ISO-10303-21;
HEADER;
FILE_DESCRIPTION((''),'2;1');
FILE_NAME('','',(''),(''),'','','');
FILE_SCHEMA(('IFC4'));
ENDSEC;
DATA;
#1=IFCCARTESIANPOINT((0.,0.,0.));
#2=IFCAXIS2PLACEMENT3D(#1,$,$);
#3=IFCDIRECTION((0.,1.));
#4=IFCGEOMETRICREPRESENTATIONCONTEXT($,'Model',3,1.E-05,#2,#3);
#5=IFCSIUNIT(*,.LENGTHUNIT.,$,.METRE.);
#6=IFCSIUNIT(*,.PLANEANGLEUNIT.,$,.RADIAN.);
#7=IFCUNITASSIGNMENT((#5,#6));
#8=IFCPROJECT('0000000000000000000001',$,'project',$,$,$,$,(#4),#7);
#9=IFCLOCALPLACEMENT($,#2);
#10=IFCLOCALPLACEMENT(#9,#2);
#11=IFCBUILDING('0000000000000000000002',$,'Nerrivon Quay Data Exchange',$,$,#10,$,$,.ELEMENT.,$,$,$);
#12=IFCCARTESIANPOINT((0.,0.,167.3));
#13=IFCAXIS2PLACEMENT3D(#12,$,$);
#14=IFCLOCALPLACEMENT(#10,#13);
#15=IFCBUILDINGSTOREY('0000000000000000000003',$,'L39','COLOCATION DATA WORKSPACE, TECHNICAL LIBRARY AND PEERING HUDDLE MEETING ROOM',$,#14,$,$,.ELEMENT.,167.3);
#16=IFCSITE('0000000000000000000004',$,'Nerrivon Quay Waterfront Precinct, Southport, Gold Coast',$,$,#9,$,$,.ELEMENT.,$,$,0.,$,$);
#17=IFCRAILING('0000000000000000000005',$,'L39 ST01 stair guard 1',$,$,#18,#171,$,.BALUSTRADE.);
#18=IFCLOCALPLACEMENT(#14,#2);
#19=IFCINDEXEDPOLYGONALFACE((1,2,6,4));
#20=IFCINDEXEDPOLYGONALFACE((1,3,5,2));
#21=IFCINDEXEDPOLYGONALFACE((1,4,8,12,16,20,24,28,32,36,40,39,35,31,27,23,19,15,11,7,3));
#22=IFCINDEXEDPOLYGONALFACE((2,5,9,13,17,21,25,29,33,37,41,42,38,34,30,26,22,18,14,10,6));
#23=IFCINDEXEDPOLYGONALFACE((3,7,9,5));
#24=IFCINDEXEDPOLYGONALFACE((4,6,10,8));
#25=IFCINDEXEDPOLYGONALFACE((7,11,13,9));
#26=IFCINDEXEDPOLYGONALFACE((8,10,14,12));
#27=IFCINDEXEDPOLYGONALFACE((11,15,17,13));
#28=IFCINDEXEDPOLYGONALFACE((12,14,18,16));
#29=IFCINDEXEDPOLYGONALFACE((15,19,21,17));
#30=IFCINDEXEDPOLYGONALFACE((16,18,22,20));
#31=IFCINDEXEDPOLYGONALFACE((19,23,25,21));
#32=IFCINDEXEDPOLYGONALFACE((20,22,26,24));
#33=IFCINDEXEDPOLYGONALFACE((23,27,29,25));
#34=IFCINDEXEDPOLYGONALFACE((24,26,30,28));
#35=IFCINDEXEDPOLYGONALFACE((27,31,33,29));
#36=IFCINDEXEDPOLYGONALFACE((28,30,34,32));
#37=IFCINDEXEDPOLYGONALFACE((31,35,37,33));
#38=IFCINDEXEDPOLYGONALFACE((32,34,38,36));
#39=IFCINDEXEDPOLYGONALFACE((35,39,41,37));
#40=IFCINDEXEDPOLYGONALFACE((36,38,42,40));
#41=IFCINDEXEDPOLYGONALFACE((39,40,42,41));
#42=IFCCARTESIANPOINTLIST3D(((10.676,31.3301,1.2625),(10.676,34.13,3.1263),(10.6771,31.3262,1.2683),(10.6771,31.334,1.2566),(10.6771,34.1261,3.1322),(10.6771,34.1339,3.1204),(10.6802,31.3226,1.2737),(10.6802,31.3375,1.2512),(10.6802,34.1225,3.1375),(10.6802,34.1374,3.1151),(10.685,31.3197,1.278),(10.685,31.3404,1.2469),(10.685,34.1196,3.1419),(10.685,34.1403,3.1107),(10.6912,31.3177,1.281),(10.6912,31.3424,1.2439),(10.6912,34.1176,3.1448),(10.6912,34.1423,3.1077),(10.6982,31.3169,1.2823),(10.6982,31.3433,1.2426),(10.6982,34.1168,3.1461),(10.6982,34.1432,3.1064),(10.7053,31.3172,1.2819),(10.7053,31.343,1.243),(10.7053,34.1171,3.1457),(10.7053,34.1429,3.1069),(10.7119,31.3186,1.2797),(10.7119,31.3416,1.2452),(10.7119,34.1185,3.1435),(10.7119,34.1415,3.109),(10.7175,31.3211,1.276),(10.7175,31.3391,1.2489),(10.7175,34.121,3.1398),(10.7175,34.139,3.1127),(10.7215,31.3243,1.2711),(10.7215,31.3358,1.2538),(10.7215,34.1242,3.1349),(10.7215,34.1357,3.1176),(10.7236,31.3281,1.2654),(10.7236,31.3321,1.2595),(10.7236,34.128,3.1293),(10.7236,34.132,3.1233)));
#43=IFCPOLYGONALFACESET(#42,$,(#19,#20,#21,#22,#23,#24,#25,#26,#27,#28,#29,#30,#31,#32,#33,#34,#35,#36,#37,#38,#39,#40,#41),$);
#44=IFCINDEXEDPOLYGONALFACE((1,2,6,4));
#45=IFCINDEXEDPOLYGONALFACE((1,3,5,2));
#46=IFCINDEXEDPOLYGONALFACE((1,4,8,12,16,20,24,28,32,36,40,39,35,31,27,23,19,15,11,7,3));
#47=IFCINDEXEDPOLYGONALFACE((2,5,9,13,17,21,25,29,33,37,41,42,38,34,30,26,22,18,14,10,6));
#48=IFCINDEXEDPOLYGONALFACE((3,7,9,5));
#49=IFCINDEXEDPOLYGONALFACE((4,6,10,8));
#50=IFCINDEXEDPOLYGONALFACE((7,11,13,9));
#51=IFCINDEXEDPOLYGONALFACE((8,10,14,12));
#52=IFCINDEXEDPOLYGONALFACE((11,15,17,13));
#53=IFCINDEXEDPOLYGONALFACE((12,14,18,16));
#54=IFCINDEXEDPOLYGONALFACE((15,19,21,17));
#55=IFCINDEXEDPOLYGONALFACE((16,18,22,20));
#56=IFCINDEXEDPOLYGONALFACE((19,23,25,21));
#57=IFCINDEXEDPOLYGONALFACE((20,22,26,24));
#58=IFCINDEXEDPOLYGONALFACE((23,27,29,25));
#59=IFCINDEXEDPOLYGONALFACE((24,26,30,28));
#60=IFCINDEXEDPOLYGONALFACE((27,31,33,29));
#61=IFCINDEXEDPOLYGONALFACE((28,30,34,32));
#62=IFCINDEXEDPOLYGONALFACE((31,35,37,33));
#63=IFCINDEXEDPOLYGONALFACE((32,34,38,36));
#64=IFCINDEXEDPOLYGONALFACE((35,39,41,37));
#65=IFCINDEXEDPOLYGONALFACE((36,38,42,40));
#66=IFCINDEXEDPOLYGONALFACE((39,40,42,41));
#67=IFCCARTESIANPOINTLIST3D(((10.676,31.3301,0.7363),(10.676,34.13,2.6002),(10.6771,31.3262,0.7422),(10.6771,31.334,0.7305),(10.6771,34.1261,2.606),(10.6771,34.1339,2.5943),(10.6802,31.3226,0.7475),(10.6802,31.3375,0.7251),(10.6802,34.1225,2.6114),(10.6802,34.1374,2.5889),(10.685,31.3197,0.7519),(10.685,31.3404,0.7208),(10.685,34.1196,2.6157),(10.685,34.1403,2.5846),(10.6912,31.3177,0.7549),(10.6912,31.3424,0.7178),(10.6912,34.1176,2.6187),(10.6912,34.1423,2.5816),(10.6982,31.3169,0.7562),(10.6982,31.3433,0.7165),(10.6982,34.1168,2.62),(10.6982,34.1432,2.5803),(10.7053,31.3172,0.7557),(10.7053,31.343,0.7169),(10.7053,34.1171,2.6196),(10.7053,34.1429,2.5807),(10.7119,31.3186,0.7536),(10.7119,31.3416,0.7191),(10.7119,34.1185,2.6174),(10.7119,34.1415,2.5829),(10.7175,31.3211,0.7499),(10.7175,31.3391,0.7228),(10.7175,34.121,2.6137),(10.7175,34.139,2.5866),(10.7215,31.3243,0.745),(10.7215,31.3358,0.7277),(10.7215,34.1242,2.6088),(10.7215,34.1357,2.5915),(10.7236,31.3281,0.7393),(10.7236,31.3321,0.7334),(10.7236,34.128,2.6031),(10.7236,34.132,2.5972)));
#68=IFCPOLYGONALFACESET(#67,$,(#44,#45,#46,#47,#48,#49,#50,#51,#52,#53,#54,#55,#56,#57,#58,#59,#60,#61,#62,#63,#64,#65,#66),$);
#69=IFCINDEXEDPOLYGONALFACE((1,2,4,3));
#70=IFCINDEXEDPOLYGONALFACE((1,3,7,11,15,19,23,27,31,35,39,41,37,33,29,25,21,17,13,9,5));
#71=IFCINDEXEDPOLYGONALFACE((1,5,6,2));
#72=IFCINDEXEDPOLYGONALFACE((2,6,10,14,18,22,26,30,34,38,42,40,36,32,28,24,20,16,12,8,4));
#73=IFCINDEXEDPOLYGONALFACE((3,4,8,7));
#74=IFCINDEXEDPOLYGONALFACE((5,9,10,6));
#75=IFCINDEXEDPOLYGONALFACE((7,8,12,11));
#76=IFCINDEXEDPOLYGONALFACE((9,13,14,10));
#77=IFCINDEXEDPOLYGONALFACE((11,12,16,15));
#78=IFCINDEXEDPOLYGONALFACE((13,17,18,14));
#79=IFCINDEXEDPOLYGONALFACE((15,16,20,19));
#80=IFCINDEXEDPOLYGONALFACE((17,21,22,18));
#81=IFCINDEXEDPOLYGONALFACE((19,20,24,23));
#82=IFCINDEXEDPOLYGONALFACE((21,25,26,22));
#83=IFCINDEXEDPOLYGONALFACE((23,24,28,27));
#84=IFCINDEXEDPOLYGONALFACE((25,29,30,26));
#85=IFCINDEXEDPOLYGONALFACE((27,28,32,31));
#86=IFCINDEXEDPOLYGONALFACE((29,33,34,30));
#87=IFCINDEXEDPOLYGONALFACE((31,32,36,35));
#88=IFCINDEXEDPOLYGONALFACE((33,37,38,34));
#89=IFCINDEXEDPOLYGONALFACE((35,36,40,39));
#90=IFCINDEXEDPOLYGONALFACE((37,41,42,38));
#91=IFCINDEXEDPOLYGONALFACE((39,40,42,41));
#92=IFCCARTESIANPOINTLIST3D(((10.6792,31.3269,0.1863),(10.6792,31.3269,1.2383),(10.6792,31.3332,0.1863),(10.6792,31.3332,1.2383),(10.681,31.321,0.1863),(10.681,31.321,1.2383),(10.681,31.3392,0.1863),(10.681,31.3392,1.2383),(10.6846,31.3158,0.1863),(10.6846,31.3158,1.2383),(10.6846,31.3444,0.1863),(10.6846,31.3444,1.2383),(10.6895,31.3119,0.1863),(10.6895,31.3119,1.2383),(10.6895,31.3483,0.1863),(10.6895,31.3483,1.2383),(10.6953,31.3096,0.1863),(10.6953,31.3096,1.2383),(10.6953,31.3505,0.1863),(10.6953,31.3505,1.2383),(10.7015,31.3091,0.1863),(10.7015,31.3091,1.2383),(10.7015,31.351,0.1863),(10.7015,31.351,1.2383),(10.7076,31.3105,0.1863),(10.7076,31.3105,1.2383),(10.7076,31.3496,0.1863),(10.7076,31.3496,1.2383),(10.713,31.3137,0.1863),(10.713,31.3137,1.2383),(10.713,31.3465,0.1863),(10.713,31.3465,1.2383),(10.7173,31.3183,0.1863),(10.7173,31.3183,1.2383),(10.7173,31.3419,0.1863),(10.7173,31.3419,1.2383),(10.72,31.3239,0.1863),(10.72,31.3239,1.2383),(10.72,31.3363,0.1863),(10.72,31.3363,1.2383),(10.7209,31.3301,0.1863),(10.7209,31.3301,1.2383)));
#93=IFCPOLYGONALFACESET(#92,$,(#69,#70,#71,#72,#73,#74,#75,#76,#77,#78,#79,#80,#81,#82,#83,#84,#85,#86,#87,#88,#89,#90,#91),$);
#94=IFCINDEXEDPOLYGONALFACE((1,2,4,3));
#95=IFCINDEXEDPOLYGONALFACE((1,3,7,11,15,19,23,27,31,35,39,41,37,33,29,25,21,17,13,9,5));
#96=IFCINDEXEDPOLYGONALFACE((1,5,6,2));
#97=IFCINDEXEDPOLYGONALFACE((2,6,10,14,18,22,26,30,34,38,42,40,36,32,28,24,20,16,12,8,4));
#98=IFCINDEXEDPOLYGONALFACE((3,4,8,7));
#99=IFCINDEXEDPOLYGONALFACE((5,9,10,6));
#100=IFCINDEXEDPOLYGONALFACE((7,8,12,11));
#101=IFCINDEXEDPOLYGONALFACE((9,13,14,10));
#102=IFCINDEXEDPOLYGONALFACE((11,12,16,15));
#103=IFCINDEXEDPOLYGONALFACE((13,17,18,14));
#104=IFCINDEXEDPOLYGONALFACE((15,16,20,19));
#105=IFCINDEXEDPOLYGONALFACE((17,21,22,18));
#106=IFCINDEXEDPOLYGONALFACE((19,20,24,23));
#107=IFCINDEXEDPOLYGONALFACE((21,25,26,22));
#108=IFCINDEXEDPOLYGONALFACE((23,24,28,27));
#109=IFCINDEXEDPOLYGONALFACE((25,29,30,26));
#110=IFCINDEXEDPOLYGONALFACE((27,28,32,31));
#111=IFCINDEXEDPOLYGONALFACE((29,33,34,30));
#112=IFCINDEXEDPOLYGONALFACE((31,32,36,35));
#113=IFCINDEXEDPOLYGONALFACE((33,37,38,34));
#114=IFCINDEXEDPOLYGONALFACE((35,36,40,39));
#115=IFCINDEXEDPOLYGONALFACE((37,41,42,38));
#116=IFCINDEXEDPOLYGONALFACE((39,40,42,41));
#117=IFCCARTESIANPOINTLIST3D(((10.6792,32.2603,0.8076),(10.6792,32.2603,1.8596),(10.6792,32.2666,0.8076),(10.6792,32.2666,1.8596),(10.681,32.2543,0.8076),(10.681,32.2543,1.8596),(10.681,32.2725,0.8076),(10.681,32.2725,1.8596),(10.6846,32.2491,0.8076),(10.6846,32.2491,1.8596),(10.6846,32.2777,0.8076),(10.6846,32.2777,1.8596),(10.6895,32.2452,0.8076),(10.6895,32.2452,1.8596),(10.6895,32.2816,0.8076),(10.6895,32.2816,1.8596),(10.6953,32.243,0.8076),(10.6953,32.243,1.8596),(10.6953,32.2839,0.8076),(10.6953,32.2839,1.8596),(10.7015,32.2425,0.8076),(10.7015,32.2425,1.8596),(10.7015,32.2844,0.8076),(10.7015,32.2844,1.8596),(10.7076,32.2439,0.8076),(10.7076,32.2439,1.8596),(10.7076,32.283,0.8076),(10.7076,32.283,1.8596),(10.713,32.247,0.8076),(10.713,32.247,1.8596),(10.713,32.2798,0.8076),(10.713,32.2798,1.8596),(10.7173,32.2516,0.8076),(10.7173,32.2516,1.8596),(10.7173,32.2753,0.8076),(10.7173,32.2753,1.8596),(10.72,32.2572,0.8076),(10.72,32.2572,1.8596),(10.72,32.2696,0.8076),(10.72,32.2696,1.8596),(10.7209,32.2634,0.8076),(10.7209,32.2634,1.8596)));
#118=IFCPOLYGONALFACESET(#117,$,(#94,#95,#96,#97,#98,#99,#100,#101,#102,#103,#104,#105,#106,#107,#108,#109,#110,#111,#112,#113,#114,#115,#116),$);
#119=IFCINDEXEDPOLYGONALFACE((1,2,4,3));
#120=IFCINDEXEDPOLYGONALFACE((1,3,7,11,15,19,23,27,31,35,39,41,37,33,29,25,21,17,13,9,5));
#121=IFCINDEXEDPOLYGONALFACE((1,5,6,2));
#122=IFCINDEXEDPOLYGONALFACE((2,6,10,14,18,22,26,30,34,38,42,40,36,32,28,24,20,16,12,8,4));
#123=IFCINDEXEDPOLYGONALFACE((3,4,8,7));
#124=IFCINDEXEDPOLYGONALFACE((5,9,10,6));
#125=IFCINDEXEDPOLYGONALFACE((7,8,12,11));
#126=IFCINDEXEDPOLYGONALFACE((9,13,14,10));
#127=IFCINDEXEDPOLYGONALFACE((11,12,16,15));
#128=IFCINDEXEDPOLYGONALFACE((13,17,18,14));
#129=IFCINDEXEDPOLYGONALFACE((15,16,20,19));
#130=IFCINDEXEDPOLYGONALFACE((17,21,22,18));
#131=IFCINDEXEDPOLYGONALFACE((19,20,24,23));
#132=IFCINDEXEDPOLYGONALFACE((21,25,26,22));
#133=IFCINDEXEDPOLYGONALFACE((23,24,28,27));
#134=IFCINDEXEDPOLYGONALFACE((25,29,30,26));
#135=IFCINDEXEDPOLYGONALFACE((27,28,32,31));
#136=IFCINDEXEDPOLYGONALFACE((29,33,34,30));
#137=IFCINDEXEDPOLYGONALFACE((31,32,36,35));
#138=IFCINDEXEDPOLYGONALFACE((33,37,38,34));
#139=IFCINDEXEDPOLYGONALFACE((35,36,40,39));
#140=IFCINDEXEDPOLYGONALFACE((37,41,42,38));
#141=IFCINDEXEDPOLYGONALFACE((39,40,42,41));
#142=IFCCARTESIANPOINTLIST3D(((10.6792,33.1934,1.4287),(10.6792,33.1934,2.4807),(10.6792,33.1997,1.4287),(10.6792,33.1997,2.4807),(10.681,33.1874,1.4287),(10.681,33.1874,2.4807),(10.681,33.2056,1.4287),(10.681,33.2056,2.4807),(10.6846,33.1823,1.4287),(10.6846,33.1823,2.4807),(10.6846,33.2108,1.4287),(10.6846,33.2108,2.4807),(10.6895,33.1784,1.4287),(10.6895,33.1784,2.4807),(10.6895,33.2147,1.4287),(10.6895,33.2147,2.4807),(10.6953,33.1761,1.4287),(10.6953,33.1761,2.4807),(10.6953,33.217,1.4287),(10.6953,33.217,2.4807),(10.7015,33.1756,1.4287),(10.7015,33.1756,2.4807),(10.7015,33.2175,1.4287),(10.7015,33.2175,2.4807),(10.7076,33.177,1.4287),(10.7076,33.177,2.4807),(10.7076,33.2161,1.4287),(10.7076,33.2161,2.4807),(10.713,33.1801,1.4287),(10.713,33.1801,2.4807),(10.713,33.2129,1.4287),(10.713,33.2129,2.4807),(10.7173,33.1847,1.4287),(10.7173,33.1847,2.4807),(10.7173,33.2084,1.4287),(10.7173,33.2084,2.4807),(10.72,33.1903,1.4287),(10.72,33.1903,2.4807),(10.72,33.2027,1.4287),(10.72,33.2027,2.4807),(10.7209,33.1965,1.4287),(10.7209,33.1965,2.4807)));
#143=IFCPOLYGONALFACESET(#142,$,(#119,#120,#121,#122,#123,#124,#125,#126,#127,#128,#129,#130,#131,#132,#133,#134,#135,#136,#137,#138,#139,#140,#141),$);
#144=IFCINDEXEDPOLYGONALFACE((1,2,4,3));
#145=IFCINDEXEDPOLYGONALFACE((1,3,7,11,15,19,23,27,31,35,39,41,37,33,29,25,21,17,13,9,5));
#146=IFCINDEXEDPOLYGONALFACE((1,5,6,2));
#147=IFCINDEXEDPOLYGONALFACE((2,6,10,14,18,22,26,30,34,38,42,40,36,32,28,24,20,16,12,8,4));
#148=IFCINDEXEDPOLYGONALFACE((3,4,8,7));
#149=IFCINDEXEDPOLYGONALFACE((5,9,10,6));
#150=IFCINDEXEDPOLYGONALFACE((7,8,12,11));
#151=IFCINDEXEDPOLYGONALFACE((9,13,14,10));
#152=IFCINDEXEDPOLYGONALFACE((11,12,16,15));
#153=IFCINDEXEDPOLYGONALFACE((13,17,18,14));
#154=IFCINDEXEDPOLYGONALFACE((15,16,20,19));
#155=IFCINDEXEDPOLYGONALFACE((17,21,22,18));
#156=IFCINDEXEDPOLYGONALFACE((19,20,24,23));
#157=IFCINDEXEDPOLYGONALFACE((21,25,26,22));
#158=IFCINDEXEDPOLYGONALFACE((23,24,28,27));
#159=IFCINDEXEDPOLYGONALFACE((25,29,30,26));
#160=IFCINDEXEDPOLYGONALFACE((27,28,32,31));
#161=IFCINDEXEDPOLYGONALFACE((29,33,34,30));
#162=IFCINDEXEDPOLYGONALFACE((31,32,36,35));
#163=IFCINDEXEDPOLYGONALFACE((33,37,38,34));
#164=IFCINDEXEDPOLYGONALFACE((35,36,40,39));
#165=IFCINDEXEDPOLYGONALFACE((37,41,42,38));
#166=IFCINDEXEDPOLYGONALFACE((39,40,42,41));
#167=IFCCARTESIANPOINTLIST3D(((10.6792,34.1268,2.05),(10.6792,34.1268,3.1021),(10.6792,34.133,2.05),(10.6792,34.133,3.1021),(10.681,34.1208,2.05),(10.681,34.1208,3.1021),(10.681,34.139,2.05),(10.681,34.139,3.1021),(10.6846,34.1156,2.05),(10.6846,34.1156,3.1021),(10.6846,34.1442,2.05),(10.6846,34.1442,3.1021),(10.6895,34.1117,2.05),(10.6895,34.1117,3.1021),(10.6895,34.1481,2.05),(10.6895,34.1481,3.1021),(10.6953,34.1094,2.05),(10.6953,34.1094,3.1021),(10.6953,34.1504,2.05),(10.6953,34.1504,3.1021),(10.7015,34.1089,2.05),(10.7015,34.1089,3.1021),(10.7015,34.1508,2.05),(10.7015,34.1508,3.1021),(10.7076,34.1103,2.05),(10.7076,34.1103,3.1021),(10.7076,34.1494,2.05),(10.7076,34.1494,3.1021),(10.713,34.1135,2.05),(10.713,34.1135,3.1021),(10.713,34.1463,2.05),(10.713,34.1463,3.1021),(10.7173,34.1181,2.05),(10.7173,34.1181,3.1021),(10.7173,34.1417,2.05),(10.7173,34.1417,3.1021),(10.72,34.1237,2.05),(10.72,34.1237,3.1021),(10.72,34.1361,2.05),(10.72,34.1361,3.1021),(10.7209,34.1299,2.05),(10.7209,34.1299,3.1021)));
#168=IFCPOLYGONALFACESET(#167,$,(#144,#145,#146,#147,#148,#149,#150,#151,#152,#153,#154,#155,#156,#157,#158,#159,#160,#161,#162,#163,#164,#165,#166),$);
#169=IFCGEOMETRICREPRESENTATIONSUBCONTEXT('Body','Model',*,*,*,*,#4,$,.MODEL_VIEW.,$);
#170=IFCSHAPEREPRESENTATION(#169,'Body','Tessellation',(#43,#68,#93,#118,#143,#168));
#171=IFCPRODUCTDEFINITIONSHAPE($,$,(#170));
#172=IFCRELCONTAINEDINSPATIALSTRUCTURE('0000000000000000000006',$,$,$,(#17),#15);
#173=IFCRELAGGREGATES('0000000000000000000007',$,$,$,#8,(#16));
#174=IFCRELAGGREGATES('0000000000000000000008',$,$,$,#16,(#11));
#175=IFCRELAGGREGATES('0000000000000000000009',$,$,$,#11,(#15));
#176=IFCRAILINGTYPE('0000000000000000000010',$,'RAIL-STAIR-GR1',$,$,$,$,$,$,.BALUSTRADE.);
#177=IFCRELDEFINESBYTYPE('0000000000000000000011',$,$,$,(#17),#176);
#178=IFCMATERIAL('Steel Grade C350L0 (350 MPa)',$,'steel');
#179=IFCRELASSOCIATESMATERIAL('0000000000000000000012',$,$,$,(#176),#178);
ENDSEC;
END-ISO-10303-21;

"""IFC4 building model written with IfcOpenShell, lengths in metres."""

from ifc_helpers import new_model, si_unit, direction, frame, origin, origin_2d, place, context, subcontext, project, spatial, circle, extrude, material, type_object, element, save


model = new_model("IFC4")

# Units and contexts
model_context = context("Model", 3, precision=1e-05, world=origin(), true_north=direction((0.0, 1.0)))
body_context = subcontext(model_context, "Body", "Model", "MODEL_VIEW")
ifc_project = project(units=[si_unit("LENGTHUNIT", "METRE"), si_unit("PLANEANGLEUNIT", "RADIAN")], contexts=[model_context])

# Site, building, storey
site_placement = place(None, origin())
site = spatial("IfcSite", under=ifc_project, at=site_placement, Name="Nerrivon Quay Waterfront Precinct, Southport, Gold Coast", CompositionType="ELEMENT", RefElevation=0.0)
building_placement = place(site_placement, origin())
building = spatial("IfcBuilding", under=site, at=building_placement, Name="Nerrivon Quay Data Exchange", CompositionType="ELEMENT")
storey_placement = place(building_placement, frame((0.0, 0.0, 167.3)))
storey = spatial("IfcBuildingStorey", under=building, at=storey_placement, Name="L39", Description="COLOCATION DATA WORKSPACE, TECHNICAL LIBRARY AND PEERING HUDDLE MEETING ROOM", CompositionType="ELEMENT", Elevation=167.3)

# Railing
ifc_material_1 = material(Name="Steel Grade C350L0 (350 MPa)", Category="steel")
railing_type_1 = type_object("IfcRailingType", Name="RAIL-STAIR-GR1", PredefinedType="BALUSTRADE", material=ifc_material_1)
railing_1_placement = place(storey_placement, frame((10.7, 31.3301, 0.1863)))
element("IfcRailing", 1, at=railing_1_placement, inside=storey, type_object=railing_type_1, Name="L39 ST01 stair guard 1", PredefinedType="BALUSTRADE", context=body_context, shape_type="SweptSolid", body=[
    extrude(circle(Radius=0.0239, at=origin_2d()), frame((0.0, 0.0, 1.0762), z_axis=(0.0, 0.83243, 0.554131), x_axis=(-1.0, 0.0, 0.0)), (0.0, 0.0, 1.0), 3.3635),
    extrude(circle(Radius=0.0239, at=origin_2d()), frame((0.0, 0.0, 0.55), z_axis=(0.0, 0.83243, 0.554131), x_axis=(-1.0, 0.0, 0.0)), (0.0, 0.0, 1.0), 3.3635),
    extrude(circle(Radius=0.021, at=origin_2d()), origin(), (0.0, 0.0, 1.0), 1.052),
    extrude(circle(Radius=0.021, at=origin_2d()), frame((0.0, 0.9333, 0.6213)), (0.0, 0.0, 1.0), 1.052),
    extrude(circle(Radius=0.021, at=origin_2d()), frame((0.0, 1.8665, 1.2424)), (0.0, 0.0, 1.0), 1.052),
    extrude(circle(Radius=0.021, at=origin_2d()), frame((0.0, 2.7998, 1.8638)), (0.0, 0.0, 1.0), 1.052),
])

save(model, "model.ifc")
